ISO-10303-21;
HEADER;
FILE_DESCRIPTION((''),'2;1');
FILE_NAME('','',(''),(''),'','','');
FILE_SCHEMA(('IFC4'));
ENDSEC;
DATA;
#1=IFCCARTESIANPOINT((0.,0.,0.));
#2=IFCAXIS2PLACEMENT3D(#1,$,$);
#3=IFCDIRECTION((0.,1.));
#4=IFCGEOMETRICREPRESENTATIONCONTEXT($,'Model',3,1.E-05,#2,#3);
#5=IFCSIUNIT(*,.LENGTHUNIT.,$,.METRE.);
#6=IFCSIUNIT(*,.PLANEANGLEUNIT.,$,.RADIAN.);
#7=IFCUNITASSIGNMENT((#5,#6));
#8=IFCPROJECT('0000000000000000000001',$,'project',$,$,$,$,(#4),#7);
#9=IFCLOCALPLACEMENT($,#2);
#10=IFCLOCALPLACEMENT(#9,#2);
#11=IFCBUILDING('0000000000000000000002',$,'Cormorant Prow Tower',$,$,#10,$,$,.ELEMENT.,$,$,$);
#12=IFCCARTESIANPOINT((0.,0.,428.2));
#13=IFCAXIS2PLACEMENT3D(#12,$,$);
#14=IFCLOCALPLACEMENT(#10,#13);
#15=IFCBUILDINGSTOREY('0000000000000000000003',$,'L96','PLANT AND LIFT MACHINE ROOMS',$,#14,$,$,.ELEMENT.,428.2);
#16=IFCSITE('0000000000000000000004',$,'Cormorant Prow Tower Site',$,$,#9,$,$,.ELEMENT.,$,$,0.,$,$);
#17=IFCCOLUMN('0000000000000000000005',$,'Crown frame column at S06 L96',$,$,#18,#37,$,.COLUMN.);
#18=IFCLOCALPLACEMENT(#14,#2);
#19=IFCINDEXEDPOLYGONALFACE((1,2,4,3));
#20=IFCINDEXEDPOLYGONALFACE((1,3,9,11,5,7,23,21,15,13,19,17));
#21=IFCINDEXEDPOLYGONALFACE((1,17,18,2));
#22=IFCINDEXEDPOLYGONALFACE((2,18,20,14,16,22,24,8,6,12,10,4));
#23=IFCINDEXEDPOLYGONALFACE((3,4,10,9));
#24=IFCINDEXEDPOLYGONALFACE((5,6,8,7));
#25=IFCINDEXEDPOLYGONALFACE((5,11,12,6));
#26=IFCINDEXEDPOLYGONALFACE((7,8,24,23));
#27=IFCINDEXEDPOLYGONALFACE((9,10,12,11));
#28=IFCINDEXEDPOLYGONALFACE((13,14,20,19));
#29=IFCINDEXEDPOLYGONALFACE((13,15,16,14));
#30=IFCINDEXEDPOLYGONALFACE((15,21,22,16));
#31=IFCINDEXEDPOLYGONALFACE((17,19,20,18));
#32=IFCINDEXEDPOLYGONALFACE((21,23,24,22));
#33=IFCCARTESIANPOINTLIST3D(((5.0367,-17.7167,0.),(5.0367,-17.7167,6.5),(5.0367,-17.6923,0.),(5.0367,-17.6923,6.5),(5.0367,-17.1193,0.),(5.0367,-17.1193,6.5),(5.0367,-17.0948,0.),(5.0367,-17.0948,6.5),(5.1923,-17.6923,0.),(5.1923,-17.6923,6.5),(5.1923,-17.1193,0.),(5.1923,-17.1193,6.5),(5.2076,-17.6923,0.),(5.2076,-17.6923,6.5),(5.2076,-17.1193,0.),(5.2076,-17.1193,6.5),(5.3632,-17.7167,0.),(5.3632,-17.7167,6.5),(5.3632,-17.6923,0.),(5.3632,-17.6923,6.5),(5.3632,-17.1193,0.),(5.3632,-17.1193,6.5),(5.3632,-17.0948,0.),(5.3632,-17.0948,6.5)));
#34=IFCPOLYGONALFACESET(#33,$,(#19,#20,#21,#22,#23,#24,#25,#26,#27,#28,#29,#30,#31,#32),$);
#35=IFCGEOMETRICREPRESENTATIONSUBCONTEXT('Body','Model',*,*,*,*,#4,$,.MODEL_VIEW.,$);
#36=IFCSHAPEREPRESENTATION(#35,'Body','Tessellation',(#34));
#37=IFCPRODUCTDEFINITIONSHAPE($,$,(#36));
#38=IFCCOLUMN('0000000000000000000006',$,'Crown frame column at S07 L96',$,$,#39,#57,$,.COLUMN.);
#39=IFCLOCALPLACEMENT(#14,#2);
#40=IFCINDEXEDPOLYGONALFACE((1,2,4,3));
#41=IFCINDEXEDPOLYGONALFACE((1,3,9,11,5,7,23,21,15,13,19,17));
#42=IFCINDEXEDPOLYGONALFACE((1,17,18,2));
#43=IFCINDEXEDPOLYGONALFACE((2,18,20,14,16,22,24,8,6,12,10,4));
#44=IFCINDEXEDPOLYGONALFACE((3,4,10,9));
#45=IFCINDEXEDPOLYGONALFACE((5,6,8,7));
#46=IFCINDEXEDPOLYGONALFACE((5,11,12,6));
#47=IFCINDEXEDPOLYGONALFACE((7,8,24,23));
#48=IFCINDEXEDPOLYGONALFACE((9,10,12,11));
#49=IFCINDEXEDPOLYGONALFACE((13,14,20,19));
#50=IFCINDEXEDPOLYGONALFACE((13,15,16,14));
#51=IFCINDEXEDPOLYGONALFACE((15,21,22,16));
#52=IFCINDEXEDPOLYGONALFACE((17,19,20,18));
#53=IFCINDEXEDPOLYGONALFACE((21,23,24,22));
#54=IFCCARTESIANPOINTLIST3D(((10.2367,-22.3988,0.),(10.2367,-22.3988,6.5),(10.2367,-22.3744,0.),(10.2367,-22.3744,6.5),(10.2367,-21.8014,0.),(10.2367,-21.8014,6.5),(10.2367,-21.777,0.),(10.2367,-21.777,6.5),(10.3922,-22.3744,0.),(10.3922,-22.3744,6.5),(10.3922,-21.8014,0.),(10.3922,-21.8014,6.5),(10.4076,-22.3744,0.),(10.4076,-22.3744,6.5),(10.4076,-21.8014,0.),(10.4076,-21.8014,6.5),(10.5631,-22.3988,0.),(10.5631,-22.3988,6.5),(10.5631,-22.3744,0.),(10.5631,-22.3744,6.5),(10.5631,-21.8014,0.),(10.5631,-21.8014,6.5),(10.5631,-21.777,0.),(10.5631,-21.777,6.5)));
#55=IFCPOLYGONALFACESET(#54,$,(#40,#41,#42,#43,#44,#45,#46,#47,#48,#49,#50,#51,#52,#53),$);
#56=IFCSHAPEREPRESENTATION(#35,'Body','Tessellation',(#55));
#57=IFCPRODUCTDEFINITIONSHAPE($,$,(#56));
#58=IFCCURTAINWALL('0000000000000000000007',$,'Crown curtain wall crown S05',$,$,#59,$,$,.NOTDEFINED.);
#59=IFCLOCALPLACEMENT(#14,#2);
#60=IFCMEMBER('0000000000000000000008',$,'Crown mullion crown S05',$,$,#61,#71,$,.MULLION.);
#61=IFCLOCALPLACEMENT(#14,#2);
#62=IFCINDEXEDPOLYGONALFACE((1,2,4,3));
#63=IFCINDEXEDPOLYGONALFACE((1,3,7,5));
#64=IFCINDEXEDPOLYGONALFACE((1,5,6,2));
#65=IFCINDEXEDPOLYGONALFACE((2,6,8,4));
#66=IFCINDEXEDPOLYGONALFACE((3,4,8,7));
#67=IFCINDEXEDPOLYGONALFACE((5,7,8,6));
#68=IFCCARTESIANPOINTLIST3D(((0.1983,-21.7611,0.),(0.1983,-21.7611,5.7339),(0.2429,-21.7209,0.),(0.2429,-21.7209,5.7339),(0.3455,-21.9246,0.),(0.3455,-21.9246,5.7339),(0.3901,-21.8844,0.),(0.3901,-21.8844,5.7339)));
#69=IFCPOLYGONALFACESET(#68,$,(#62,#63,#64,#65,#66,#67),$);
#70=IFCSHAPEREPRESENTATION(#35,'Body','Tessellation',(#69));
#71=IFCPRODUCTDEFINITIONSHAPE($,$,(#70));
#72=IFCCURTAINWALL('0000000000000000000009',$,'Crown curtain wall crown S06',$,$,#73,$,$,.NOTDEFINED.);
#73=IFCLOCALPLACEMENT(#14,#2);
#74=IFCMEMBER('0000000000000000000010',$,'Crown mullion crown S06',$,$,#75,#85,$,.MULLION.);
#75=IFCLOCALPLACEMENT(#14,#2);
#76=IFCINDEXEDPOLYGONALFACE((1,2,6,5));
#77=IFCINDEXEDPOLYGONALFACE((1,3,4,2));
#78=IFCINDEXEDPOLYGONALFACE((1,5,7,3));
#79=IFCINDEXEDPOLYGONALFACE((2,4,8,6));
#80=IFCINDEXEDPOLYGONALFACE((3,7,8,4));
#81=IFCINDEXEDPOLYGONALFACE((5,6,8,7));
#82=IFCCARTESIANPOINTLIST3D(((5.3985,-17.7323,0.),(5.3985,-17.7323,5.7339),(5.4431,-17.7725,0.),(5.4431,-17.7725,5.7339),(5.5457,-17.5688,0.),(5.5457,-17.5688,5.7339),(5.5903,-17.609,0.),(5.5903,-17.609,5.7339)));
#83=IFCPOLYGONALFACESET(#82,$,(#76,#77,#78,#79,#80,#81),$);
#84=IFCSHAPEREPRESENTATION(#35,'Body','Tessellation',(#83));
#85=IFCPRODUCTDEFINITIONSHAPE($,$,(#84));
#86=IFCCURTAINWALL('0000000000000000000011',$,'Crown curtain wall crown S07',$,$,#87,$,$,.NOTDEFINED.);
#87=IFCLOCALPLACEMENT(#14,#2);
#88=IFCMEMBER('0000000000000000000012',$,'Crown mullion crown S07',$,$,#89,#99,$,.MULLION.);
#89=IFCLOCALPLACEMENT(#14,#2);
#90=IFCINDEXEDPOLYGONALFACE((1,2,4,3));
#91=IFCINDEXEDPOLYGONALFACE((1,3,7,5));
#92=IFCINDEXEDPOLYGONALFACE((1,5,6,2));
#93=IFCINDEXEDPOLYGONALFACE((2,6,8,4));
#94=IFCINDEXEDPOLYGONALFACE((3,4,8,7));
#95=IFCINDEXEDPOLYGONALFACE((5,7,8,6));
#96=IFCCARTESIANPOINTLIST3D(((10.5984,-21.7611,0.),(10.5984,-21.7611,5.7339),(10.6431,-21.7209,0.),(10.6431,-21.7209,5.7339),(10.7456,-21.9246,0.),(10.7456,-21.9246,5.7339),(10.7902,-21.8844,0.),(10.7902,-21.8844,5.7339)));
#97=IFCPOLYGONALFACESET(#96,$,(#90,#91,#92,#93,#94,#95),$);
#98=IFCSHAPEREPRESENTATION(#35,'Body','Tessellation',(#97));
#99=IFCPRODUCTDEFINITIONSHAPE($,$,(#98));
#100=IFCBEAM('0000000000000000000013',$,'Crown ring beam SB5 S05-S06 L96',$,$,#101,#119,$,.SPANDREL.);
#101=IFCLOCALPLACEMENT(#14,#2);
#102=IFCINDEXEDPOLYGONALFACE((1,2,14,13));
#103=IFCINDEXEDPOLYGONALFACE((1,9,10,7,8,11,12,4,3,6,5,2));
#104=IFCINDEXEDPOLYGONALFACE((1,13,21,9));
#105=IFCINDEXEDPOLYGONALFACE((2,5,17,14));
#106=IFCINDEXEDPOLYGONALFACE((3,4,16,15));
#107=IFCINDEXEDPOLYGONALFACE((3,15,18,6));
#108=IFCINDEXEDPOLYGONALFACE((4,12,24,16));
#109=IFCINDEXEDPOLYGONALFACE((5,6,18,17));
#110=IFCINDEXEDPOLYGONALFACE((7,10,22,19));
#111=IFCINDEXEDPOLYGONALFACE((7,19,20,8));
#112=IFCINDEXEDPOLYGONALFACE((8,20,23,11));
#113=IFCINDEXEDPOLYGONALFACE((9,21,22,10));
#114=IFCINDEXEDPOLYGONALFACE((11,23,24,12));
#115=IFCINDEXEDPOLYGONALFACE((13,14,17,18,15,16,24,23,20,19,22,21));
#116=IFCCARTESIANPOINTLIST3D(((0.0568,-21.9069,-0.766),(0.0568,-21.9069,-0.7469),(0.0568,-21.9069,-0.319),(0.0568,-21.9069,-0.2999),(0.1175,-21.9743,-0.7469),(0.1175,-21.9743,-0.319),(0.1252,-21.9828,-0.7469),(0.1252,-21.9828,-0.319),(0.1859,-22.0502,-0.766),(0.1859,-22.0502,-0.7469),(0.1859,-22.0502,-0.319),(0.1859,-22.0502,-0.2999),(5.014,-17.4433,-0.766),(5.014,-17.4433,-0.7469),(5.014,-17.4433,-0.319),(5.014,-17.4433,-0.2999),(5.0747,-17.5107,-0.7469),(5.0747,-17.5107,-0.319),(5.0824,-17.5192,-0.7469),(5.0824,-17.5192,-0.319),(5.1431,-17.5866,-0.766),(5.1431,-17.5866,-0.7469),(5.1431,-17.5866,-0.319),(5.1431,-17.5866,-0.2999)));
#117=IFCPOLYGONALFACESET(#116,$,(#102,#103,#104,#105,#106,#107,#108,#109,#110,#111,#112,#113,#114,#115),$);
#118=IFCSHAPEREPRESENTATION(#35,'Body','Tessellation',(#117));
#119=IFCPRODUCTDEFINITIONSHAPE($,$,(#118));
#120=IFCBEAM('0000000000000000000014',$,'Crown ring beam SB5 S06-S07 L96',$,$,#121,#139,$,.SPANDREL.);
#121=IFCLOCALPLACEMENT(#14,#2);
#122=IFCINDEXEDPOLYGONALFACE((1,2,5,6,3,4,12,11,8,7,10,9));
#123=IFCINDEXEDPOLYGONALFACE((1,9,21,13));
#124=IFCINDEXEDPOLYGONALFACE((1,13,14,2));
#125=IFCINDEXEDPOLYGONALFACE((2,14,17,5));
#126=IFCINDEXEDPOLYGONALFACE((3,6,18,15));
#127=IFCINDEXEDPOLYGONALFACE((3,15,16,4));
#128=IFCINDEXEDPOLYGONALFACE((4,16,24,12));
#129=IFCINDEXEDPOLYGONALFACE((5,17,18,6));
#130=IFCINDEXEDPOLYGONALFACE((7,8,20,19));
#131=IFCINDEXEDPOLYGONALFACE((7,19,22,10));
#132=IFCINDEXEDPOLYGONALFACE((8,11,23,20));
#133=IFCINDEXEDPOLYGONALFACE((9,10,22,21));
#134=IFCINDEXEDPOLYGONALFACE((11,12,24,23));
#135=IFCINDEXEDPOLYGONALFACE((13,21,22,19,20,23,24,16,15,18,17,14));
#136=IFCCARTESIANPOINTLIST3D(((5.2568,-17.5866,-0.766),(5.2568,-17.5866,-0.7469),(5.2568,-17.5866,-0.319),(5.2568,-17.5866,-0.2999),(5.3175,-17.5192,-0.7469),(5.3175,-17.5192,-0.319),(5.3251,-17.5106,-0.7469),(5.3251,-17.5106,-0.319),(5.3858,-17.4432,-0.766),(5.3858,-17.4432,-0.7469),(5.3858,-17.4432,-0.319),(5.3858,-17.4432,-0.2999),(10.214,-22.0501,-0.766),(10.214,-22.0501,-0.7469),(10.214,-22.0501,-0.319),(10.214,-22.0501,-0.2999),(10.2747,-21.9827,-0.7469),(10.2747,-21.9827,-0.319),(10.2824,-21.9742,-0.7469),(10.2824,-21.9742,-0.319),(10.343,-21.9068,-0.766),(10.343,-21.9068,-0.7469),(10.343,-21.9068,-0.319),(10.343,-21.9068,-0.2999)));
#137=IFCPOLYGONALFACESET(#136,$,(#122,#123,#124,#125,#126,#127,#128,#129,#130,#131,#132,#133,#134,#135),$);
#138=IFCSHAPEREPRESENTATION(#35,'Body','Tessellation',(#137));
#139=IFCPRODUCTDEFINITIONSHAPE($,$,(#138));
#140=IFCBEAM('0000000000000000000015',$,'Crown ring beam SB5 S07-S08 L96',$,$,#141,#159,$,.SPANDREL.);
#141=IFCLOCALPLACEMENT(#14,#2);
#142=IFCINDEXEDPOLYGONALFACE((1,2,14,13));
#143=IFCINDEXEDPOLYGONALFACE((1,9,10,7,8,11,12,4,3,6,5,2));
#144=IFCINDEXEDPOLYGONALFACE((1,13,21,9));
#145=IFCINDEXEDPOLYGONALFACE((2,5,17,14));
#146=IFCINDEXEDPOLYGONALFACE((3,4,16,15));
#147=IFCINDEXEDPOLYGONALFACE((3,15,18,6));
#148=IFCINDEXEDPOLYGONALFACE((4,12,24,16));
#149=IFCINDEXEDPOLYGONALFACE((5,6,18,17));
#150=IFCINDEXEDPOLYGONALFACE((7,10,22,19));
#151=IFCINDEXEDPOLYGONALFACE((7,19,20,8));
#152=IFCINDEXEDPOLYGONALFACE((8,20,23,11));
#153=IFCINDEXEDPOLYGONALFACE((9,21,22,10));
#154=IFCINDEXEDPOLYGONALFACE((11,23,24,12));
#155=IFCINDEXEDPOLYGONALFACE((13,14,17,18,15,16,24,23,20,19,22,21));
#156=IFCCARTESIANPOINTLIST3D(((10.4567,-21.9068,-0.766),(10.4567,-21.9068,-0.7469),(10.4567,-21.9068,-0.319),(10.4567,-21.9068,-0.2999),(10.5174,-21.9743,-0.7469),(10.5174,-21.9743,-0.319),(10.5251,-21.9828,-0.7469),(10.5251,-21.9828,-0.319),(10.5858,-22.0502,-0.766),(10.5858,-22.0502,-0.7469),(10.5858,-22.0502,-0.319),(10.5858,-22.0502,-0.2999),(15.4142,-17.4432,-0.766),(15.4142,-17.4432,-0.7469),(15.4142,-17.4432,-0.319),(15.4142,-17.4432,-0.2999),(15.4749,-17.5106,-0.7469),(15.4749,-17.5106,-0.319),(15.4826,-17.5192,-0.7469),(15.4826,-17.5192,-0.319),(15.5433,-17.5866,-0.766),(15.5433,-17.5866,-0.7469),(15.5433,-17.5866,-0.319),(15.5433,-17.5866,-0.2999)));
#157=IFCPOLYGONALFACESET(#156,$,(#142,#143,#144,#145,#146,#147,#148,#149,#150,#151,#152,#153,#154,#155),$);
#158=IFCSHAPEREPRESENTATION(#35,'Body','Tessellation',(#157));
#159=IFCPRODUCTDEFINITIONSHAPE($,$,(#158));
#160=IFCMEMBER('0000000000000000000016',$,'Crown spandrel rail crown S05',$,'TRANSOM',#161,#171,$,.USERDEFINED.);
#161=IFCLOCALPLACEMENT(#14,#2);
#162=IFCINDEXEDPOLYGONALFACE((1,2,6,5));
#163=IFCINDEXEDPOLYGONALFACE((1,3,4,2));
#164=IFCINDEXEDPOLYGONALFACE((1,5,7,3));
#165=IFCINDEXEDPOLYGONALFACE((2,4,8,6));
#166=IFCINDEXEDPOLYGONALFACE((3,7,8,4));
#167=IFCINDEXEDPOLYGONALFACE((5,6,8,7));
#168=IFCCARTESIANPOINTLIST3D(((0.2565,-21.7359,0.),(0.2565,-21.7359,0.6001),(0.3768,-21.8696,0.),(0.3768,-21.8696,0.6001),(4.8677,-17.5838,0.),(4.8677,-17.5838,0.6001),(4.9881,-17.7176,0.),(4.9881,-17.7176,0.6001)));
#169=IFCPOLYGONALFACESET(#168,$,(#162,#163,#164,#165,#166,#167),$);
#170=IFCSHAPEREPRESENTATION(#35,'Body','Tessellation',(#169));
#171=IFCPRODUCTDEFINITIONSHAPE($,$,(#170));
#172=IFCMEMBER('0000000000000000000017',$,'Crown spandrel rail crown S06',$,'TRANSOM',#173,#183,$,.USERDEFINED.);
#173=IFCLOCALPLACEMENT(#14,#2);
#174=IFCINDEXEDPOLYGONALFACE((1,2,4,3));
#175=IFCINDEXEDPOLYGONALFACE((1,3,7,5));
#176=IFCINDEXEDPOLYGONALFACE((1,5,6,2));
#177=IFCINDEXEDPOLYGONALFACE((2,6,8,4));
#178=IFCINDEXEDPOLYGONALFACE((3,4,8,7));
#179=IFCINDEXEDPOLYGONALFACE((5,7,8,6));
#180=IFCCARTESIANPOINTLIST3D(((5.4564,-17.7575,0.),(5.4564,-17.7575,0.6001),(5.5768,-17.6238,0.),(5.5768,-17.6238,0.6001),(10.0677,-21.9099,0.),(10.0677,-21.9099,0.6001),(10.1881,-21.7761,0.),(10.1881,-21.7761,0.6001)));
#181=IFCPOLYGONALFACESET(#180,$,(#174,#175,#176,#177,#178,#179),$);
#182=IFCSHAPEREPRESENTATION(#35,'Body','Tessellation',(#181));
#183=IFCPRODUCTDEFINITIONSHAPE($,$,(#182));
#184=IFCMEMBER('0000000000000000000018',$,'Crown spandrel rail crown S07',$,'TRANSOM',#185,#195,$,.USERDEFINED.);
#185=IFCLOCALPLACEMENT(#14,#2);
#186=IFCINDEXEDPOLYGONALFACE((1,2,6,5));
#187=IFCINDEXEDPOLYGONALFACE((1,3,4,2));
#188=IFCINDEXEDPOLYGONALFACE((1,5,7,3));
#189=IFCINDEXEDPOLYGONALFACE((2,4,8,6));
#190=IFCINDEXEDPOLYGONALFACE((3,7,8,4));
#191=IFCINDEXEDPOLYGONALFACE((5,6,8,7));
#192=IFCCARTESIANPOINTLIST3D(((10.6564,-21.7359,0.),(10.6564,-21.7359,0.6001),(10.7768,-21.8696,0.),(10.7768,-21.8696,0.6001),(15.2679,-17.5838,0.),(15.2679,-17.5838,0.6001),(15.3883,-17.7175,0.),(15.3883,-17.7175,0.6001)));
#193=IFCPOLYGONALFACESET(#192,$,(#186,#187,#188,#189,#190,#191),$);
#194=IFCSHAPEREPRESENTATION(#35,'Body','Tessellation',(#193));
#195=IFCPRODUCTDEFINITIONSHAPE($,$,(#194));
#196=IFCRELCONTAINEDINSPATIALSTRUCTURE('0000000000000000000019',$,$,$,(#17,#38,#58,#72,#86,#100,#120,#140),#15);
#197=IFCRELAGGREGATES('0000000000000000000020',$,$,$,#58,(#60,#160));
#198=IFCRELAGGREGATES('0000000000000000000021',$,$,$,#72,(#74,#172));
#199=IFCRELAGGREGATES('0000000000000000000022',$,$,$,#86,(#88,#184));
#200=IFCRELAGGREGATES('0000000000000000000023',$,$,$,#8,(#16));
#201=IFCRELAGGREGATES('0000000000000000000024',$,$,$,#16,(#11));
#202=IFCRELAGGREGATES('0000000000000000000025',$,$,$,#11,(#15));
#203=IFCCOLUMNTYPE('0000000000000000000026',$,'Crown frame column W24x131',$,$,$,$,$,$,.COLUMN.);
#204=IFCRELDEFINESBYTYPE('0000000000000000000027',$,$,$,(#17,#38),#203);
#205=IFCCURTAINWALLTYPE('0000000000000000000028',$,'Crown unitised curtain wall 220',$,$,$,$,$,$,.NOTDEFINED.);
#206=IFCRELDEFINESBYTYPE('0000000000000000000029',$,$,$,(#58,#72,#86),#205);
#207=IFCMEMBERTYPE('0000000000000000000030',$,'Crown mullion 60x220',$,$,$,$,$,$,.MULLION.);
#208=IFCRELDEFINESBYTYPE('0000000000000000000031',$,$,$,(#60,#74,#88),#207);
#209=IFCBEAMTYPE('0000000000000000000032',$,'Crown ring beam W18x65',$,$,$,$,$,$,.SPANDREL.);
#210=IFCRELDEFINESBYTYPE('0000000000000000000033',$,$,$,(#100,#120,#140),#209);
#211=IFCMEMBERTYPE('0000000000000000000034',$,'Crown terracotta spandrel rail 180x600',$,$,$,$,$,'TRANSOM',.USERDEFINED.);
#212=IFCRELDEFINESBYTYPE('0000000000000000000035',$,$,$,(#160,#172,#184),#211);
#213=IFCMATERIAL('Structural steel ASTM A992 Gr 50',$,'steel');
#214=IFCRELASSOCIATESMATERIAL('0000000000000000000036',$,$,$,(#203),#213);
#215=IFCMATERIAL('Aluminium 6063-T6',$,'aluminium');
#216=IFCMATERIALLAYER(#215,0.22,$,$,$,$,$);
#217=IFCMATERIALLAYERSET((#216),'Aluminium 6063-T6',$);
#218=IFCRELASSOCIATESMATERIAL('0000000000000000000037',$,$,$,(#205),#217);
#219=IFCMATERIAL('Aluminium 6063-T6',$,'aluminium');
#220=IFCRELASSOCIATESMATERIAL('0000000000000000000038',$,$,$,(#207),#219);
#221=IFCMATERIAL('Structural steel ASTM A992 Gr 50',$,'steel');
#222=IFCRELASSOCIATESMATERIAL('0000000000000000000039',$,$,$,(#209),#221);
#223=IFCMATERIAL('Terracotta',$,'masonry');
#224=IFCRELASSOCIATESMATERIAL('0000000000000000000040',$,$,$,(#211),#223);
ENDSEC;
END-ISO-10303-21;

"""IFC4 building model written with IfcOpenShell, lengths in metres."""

from ifc_helpers import new_model, si_unit, direction, frame, origin, origin_2d, place, context, subcontext, project, spatial, rectangle, i_section, extrude, material, layer, layer_set, material_profile, profile_set, type_object, element, aggregate, save


model = new_model("IFC4")

# Units and contexts
model_context = context("Model", 3, precision=1e-05, world=origin(), true_north=direction((0.0, 1.0)))
body_context = subcontext(model_context, "Body", "Model", "MODEL_VIEW")
ifc_project = project(units=[si_unit("LENGTHUNIT", "METRE"), si_unit("PLANEANGLEUNIT", "RADIAN")], contexts=[model_context])

# Site, building, storey
site_placement = place(None, origin())
site = spatial("IfcSite", under=ifc_project, at=site_placement, Name="Cormorant Prow Tower Site", CompositionType="ELEMENT", RefElevation=0.0)
building_placement = place(site_placement, origin())
building = spatial("IfcBuilding", under=site, at=building_placement, Name="Cormorant Prow Tower", CompositionType="ELEMENT")
storey_placement = place(building_placement, frame((0.0, 0.0, 428.2)))
storey = spatial("IfcBuildingStorey", under=building, at=storey_placement, Name="L96", Description="PLANT AND LIFT MACHINE ROOMS", CompositionType="ELEMENT", Elevation=428.2)

# Columns
ifc_material_1 = material(Name="Structural steel ASTM A992 Gr 50", Category="steel")
ifc_material_profile_1 = material_profile(ifc_material_1, i_section(OverallWidth=0.3264, OverallDepth=0.6218, WebThickness=0.0154, FlangeThickness=0.0244, at=origin_2d()), Name="W24x131")
ifc_profile_set_1 = profile_set([ifc_material_profile_1], Name="Structural steel ASTM A992 Gr 50")
column_type = type_object("IfcColumnType", Name="Crown frame column W24x131", PredefinedType="COLUMN", material=ifc_profile_set_1)
for number, where, z_axis, x_axis, name in (
    (1, (5.2, -17.4058, 0.0), (0.0, 0.0, 1.0), (1.0, 0.0, 0.0), "Crown frame column at S06 L96"),
    (2, (10.3999, -22.0879, 0.0), (0.0, 0.0, 1.0), (1.0, 0.0, 0.0), "Crown frame column at S07 L96"),
):
    element("IfcColumn", number, at=place(storey_placement, frame(where, z_axis=z_axis, x_axis=x_axis)), inside=storey, type_object=column_type, Name=name, PredefinedType="COLUMN", context=body_context, shape_type="SweptSolid", body=[
        extrude(i_section(OverallWidth=0.3264, OverallDepth=0.6218, WebThickness=0.0154, FlangeThickness=0.0244, at=origin_2d()), origin(), (0.0, 0.0, 1.0), 6.5),
    ])

# Curtain walls, members
ifc_material_2 = material(Name="Aluminium 6063-T6", Category="aluminium")
ifc_layer_1 = layer(ifc_material_2, 0.22)
ifc_layer_set_1 = layer_set([ifc_layer_1], Name="Aluminium 6063-T6")
curtain_wall_type = type_object("IfcCurtainWallType", Name="Crown unitised curtain wall 220", PredefinedType="NOTDEFINED", material=ifc_layer_set_1)
curtain_wall_1_placement = place(storey_placement, origin())
curtain_wall_1 = element("IfcCurtainWall", 3, at=curtain_wall_1_placement, inside=storey, type_object=curtain_wall_type, Name="Crown curtain wall crown S05", PredefinedType="NOTDEFINED")
ifc_material_3 = material(Name="Aluminium 6063-T6", Category="aluminium")
ifc_material_profile_2 = material_profile(ifc_material_3, rectangle(XDim=0.22, YDim=0.0601, at=origin_2d()), Name="Crown mullion 60x220")
ifc_profile_set_2 = profile_set([ifc_material_profile_2], Name="Aluminium 6063-T6")
member_type_1 = type_object("IfcMemberType", Name="Crown mullion 60x220", PredefinedType="MULLION", material=ifc_profile_set_2)
member_1_placement = place(storey_placement, frame((0.2942, -21.8228, 0.0), z_axis=(0.0, 0.0, 1.0), x_axis=(-0.669131, 0.743145, 0.0)))
member_1 = element("IfcMember", 4, at=member_1_placement, type_object=member_type_1, Name="Crown mullion crown S05", PredefinedType="MULLION", context=body_context, shape_type="SweptSolid", body=[
    extrude(rectangle(XDim=0.22, YDim=0.0601, at=origin_2d()), origin(), (0.0, 0.0, 1.0), 5.7339),
])
curtain_wall_2_placement = place(storey_placement, origin())
curtain_wall_2 = element("IfcCurtainWall", 5, at=curtain_wall_2_placement, inside=storey, type_object=curtain_wall_type, Name="Crown curtain wall crown S06", PredefinedType="NOTDEFINED")
member_2_placement = place(storey_placement, frame((5.4944, -17.6707, 0.0), z_axis=(0.0, 0.0, 1.0), x_axis=(0.669131, 0.743145, 0.0)))
member_2 = element("IfcMember", 6, at=member_2_placement, type_object=member_type_1, Name="Crown mullion crown S06", PredefinedType="MULLION", context=body_context, shape_type="SweptSolid", body=[
    extrude(rectangle(XDim=0.22, YDim=0.0601, at=origin_2d()), origin(), (0.0, 0.0, 1.0), 5.7339),
])
curtain_wall_3_placement = place(storey_placement, origin())
curtain_wall_3 = element("IfcCurtainWall", 7, at=curtain_wall_3_placement, inside=storey, type_object=curtain_wall_type, Name="Crown curtain wall crown S07", PredefinedType="NOTDEFINED")
member_3_placement = place(storey_placement, frame((10.6943, -21.8228, 0.0), z_axis=(0.0, 0.0, 1.0), x_axis=(-0.669131, 0.743145, 0.0)))
member_3 = element("IfcMember", 8, at=member_3_placement, type_object=member_type_1, Name="Crown mullion crown S07", PredefinedType="MULLION", context=body_context, shape_type="SweptSolid", body=[
    extrude(rectangle(XDim=0.22, YDim=0.0601, at=origin_2d()), origin(), (0.0, 0.0, 1.0), 5.7339),
])

# Beams
ifc_material_4 = material(Name="Structural steel ASTM A992 Gr 50", Category="steel")
ifc_material_profile_3 = material_profile(ifc_material_4, i_section(OverallWidth=0.1929, OverallDepth=0.4661, WebThickness=0.0115, FlangeThickness=0.019, at=origin_2d()), Name="W18x65")
ifc_profile_set_3 = profile_set([ifc_material_profile_3], Name="Structural steel ASTM A992 Gr 50")
beam_type = type_object("IfcBeamType", Name="Crown ring beam W18x65", PredefinedType="SPANDREL", material=ifc_profile_set_3)
for number, where, z_axis, x_axis, name in (
    (9, (0.1213, -21.9785, -0.533), (0.743139, 0.669137, 0.0), (-0.669137, 0.743139, 0.0), "Crown ring beam SB5 S05-S06 L96"),
    (10, (5.3213, -17.5149, -0.533), (0.743139, -0.669137, 0.0), (0.669137, 0.743139, 0.0), "Crown ring beam SB5 S06-S07 L96"),
):
    element("IfcBeam", number, at=place(storey_placement, frame(where, z_axis=z_axis, x_axis=x_axis)), inside=storey, type_object=beam_type, Name=name, PredefinedType="SPANDREL", context=body_context, shape_type="SweptSolid", body=[
        extrude(i_section(OverallWidth=0.1929, OverallDepth=0.4661, WebThickness=0.0115, FlangeThickness=0.019, at=origin_2d()), origin(), (0.0, 0.0, 1.0), 6.6707),
    ])
beam_placement = place(storey_placement, frame((10.5212, -21.9785, -0.533), z_axis=(0.743156, 0.669118, 0.0), x_axis=(-0.669118, 0.743156, 0.0)))
element("IfcBeam", 11, at=beam_placement, inside=storey, type_object=beam_type, Name="Crown ring beam SB5 S07-S08 L96", PredefinedType="SPANDREL", context=body_context, shape_type="SweptSolid", body=[
    extrude(i_section(OverallWidth=0.1929, OverallDepth=0.4661, WebThickness=0.0115, FlangeThickness=0.019, at=origin_2d()), origin(), (0.0, 0.0, 1.0), 6.6709),
])

# Members
ifc_material_5 = material(Name="Terracotta", Category="masonry")
ifc_material_profile_4 = material_profile(ifc_material_5, rectangle(XDim=0.1799, YDim=0.6001, at=origin_2d()), Name="Crown terracotta spandrel rail 180x600")
ifc_profile_set_4 = profile_set([ifc_material_profile_4], Name="Terracotta")
member_type_2 = type_object("IfcMemberType", Name="Crown terracotta spandrel rail 180x600", ElementType="TRANSOM", PredefinedType="USERDEFINED", material=ifc_profile_set_4)
member_4_placement = place(storey_placement, frame((0.3167, -21.8027, 0.3), z_axis=(0.743142, 0.669134, 0.0), x_axis=(-0.669134, 0.743142, 0.0)))
member_4 = element("IfcMember", 12, at=member_4_placement, type_object=member_type_2, Name="Crown spandrel rail crown S05", ObjectType="TRANSOM", PredefinedType="USERDEFINED", context=body_context, shape_type="SweptSolid", body=[
    extrude(rectangle(XDim=0.1799, YDim=0.6001, at=origin_2d()), origin(), (0.0, 0.0, 1.0), 6.2051),
])
member_5_placement = place(storey_placement, frame((5.5166, -17.6907, 0.3), z_axis=(0.743122, -0.669156, 0.0), x_axis=(0.669156, 0.743122, 0.0)))
member_5 = element("IfcMember", 13, at=member_5_placement, type_object=member_type_2, Name="Crown spandrel rail crown S06", ObjectType="TRANSOM", PredefinedType="USERDEFINED", context=body_context, shape_type="SweptSolid", body=[
    extrude(rectangle(XDim=0.1799, YDim=0.6001, at=origin_2d()), origin(), (0.0, 0.0, 1.0), 6.2053),
])
member_6_placement = place(storey_placement, frame((10.7166, -21.8027, 0.3), z_axis=(0.743159, 0.669115, 0.0), x_axis=(-0.669115, 0.743159, 0.0)))
member_6 = element("IfcMember", 14, at=member_6_placement, type_object=member_type_2, Name="Crown spandrel rail crown S07", ObjectType="TRANSOM", PredefinedType="USERDEFINED", context=body_context, shape_type="SweptSolid", body=[
    extrude(rectangle(XDim=0.1799, YDim=0.6001, at=origin_2d()), origin(), (0.0, 0.0, 1.0), 6.2053),
])

aggregate(curtain_wall_1, [member_1, member_4])
aggregate(curtain_wall_2, [member_2, member_5])
aggregate(curtain_wall_3, [member_3, member_6])

save(model, "model.ifc")
